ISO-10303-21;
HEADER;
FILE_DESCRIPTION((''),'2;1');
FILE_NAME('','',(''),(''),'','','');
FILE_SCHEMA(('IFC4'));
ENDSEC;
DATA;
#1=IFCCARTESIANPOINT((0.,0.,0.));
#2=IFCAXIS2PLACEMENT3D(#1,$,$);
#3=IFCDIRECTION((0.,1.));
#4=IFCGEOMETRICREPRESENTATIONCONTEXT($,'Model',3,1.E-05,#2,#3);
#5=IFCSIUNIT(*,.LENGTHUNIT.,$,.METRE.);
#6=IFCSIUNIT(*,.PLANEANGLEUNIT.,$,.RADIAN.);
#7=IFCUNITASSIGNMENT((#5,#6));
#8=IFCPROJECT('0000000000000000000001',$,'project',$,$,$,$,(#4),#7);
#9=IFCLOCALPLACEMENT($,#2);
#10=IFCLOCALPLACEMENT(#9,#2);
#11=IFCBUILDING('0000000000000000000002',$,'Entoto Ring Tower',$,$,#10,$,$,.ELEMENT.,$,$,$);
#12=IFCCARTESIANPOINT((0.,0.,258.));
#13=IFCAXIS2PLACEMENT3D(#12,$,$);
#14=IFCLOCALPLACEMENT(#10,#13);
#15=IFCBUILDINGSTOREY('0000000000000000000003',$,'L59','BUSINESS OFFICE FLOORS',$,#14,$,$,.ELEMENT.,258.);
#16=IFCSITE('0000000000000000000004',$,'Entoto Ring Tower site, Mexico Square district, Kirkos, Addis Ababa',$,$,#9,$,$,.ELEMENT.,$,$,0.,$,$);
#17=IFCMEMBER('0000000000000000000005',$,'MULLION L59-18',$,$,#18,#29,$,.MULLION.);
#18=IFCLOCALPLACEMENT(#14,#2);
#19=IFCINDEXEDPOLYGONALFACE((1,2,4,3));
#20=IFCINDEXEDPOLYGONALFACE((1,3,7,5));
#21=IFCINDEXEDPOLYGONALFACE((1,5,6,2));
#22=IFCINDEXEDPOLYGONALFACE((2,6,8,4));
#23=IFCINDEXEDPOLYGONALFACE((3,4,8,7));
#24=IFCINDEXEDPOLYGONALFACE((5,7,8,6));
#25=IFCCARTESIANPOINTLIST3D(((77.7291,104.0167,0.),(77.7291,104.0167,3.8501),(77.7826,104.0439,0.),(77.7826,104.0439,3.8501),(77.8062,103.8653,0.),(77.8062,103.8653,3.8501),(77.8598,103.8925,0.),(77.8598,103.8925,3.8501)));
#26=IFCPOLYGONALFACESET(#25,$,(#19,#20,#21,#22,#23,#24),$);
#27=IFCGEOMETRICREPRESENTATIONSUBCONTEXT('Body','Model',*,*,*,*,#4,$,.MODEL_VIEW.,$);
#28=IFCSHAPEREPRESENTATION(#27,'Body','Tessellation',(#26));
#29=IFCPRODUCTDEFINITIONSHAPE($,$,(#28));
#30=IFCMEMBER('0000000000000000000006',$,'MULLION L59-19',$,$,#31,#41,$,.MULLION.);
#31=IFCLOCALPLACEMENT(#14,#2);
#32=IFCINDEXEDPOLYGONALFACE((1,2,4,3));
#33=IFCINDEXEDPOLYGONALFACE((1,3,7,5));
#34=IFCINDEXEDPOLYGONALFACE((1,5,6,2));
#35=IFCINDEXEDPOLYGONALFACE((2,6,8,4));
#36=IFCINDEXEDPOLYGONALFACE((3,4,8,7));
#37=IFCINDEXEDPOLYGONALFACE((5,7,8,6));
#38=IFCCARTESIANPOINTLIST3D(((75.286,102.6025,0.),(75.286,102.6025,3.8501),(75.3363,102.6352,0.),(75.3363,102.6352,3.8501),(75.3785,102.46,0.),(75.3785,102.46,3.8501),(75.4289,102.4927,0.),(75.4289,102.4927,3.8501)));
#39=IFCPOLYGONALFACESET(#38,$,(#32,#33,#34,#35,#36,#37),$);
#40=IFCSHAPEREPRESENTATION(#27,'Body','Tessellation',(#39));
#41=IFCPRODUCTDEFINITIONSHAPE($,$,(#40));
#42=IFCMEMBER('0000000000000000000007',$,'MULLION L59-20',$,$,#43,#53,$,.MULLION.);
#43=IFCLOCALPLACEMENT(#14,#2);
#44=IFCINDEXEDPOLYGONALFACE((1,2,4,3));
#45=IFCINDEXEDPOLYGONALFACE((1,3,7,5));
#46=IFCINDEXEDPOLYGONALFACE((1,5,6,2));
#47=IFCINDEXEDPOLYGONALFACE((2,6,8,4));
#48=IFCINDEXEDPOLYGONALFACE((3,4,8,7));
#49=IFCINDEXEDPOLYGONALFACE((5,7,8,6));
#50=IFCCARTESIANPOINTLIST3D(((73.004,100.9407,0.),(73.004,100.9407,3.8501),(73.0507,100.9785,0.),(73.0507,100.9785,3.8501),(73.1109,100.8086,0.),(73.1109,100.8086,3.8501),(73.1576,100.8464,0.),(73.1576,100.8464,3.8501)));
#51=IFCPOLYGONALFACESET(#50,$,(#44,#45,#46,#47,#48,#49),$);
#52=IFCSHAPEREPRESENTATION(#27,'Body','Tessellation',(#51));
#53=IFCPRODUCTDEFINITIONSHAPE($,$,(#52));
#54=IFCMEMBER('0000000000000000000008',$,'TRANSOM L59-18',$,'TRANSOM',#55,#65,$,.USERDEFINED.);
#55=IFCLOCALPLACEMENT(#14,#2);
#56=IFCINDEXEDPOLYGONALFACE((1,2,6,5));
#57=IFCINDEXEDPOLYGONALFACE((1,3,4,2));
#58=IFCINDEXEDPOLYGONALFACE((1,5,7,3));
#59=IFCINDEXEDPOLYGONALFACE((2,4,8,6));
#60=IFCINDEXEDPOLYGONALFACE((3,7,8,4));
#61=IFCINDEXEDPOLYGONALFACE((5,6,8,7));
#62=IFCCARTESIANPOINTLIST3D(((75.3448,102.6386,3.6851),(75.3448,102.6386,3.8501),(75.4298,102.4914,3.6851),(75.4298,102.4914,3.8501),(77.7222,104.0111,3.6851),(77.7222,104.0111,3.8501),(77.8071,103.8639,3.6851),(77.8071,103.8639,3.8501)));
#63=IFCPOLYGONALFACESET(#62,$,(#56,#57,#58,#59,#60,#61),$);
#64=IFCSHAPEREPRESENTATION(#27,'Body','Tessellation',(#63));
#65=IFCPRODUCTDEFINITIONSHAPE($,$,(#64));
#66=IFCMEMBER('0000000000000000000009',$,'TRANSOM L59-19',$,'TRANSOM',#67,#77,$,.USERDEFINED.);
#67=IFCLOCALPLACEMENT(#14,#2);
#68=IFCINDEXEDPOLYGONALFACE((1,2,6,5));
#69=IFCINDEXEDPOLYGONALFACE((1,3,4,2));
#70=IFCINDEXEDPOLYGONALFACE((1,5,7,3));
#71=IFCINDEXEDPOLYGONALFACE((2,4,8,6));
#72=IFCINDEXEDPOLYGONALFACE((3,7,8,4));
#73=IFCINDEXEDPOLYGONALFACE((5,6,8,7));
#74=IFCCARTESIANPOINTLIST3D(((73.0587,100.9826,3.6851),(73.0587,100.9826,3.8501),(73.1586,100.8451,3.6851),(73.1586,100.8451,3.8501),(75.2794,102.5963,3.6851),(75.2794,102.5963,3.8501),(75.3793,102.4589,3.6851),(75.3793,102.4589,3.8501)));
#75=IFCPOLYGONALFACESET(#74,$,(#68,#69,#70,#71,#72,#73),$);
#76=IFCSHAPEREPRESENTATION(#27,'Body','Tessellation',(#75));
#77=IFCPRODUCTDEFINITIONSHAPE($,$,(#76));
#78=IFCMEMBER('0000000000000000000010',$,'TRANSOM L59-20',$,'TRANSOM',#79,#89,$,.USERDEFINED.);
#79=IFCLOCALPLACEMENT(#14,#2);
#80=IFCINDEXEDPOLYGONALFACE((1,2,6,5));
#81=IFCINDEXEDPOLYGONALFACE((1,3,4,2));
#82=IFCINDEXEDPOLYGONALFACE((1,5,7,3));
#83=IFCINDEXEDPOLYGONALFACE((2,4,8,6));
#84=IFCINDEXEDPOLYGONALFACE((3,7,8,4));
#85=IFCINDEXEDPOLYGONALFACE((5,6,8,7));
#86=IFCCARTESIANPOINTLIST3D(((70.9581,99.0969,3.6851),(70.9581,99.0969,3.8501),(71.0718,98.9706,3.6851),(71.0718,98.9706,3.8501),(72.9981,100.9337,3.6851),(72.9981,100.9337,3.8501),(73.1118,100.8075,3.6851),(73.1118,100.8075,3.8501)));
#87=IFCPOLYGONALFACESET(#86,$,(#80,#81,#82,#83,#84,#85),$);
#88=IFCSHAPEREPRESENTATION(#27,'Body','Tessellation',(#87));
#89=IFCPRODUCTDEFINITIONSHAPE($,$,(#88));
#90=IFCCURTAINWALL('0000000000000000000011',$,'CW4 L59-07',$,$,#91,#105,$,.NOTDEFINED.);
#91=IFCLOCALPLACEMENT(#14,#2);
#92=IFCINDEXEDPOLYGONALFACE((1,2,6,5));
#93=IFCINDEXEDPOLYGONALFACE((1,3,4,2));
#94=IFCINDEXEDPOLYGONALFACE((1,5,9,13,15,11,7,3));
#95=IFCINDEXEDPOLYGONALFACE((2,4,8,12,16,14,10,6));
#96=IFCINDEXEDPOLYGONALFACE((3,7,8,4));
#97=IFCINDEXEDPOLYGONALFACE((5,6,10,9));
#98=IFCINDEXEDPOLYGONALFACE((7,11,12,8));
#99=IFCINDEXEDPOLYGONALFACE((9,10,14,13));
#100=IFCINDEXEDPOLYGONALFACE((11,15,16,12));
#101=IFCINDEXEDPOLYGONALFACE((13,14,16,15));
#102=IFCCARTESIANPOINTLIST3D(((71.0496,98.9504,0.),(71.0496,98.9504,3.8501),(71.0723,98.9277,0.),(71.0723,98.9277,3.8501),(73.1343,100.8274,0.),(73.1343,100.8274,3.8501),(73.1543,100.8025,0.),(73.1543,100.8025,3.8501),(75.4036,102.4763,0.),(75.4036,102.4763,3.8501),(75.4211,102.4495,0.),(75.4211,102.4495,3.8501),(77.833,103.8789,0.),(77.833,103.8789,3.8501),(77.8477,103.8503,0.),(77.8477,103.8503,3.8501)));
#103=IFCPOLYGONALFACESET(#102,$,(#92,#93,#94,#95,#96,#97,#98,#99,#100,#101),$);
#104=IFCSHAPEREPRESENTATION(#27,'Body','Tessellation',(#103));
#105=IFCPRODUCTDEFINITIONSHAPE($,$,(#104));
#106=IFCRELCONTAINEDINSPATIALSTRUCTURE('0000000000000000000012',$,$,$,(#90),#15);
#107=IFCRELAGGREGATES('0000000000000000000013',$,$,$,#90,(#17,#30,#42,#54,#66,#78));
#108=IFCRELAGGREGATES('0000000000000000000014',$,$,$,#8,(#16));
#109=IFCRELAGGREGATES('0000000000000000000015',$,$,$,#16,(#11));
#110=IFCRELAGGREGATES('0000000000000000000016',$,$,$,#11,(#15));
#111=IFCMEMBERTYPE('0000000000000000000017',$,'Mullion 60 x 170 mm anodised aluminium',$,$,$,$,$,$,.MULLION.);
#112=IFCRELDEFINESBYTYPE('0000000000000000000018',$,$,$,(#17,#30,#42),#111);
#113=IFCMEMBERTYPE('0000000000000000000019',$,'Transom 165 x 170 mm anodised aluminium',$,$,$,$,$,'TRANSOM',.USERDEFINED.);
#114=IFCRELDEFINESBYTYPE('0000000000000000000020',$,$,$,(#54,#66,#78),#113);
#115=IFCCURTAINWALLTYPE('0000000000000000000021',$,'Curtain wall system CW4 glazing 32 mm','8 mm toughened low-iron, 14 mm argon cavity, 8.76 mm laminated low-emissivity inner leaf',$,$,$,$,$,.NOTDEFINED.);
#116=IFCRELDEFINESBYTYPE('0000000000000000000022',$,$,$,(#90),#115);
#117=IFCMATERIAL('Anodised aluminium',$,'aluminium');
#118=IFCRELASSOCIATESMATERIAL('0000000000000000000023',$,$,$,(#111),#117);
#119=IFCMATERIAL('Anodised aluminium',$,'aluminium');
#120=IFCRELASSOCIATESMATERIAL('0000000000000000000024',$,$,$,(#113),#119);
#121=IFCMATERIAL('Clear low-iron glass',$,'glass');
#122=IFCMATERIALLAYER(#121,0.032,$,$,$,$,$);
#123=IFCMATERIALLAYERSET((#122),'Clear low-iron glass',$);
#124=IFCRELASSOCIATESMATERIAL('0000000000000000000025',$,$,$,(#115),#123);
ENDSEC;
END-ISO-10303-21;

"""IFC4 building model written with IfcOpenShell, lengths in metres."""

from ifc_helpers import new_model, si_unit, direction, frame, origin, origin_2d, place, context, subcontext, project, spatial, polyline, rectangle, outline, extrude, material, layer, layer_set, material_profile, profile_set, type_object, element, aggregate, save


model = new_model("IFC4")

# Units and contexts
model_context = context("Model", 3, precision=1e-05, world=origin(), true_north=direction((0.0, 1.0)))
body_context = subcontext(model_context, "Body", "Model", "MODEL_VIEW")
ifc_project = project(units=[si_unit("LENGTHUNIT", "METRE"), si_unit("PLANEANGLEUNIT", "RADIAN")], contexts=[model_context])

# Members
ifc_material_1 = material(Name="Anodised aluminium", Category="aluminium")
ifc_material_profile_1 = material_profile(ifc_material_1, rectangle(XDim=0.0601, YDim=0.1699, at=origin_2d()), Name="Mullion 60 x 170 mm anodised aluminium")
ifc_profile_set_1 = profile_set([ifc_material_profile_1], Name="Anodised aluminium")
member_type_1 = type_object("IfcMemberType", Name="Mullion 60 x 170 mm anodised aluminium", PredefinedType="MULLION", material=ifc_profile_set_1)
site_placement = place(None, origin())
building_placement = place(site_placement, origin())
storey_placement = place(building_placement, frame((0.0, 0.0, 258.0)))
member_1_placement = place(storey_placement, frame((77.7944, 103.9546, 0.0), z_axis=(0.0, 0.0, 1.0), x_axis=(-0.891007, -0.45399, 0.0)))
member_1 = element("IfcMember", 1, at=member_1_placement, type_object=member_type_1, Name="MULLION L59-18", PredefinedType="MULLION", context=body_context, shape_type="SweptSolid", body=[
    extrude(rectangle(XDim=0.0601, YDim=0.1699, at=origin_2d()), origin(), (0.0, 0.0, 1.0), 3.8501),
])
member_2_placement = place(storey_placement, frame((75.3574, 102.5476, 0.0), z_axis=(0.0, 0.0, 1.0), x_axis=(-0.838671, -0.544639, 0.0)))
member_2 = element("IfcMember", 2, at=member_2_placement, type_object=member_type_1, Name="MULLION L59-19", PredefinedType="MULLION", context=body_context, shape_type="SweptSolid", body=[
    extrude(rectangle(XDim=0.0601, YDim=0.1699, at=origin_2d()), origin(), (0.0, 0.0, 1.0), 3.8501),
])
member_3_placement = place(storey_placement, frame((73.0808, 100.8936, 0.0), z_axis=(0.0, 0.0, 1.0), x_axis=(-0.777146, -0.62932, 0.0)))
member_3 = element("IfcMember", 3, at=member_3_placement, type_object=member_type_1, Name="MULLION L59-20", PredefinedType="MULLION", context=body_context, shape_type="SweptSolid", body=[
    extrude(rectangle(XDim=0.0601, YDim=0.1699, at=origin_2d()), origin(), (0.0, 0.0, 1.0), 3.8501),
])
ifc_material_2 = material(Name="Anodised aluminium", Category="aluminium")
ifc_material_profile_2 = material_profile(ifc_material_2, rectangle(XDim=0.1699, YDim=0.165, at=origin_2d()), Name="Transom 165 x 170 mm anodised aluminium")
ifc_profile_set_2 = profile_set([ifc_material_profile_2], Name="Anodised aluminium")
member_type_2 = type_object("IfcMemberType", Name="Transom 165 x 170 mm anodised aluminium", ElementType="TRANSOM", PredefinedType="USERDEFINED", material=ifc_profile_set_2)
member_4_placement = place(storey_placement, frame((77.7646, 103.9375, 3.7676), z_axis=(-0.866035, -0.499984, 0.0), x_axis=(0.499984, -0.866035, 0.0)))
member_4 = element("IfcMember", 4, at=member_4_placement, type_object=member_type_2, Name="TRANSOM L59-18", ObjectType="TRANSOM", PredefinedType="USERDEFINED", context=body_context, shape_type="SweptSolid", body=[
    extrude(rectangle(XDim=0.1699, YDim=0.165, at=origin_2d()), origin(), (0.0, 0.0, 1.0), 2.7451),
])
member_5_placement = place(storey_placement, frame((75.3293, 102.5276, 3.7676), z_axis=(-0.808959, -0.587865, 0.0), x_axis=(0.587865, -0.808959, 0.0)))
member_5 = element("IfcMember", 5, at=member_5_placement, type_object=member_type_2, Name="TRANSOM L59-19", ObjectType="TRANSOM", PredefinedType="USERDEFINED", context=body_context, shape_type="SweptSolid", body=[
    extrude(rectangle(XDim=0.1699, YDim=0.165, at=origin_2d()), origin(), (0.0, 0.0, 1.0), 2.7451),
])
member_6_placement = place(storey_placement, frame((73.0549, 100.8706, 3.7676), z_axis=(-0.743135, -0.669142, 0.0), x_axis=(0.669142, -0.743135, 0.0)))
member_6 = element("IfcMember", 6, at=member_6_placement, type_object=member_type_2, Name="TRANSOM L59-20", ObjectType="TRANSOM", PredefinedType="USERDEFINED", context=body_context, shape_type="SweptSolid", body=[
    extrude(rectangle(XDim=0.1699, YDim=0.165, at=origin_2d()), origin(), (0.0, 0.0, 1.0), 2.7451),
])

# Site, building, storey
site = spatial("IfcSite", under=ifc_project, at=site_placement, Name="Entoto Ring Tower site, Mexico Square district, Kirkos, Addis Ababa", CompositionType="ELEMENT", RefElevation=0.0)
building = spatial("IfcBuilding", under=site, at=building_placement, Name="Entoto Ring Tower", CompositionType="ELEMENT")
storey = spatial("IfcBuildingStorey", under=building, at=storey_placement, Name="L59", Description="BUSINESS OFFICE FLOORS", CompositionType="ELEMENT", Elevation=258.0)

# Curtain wall
ifc_material_3 = material(Name="Clear low-iron glass", Category="glass")
ifc_layer = layer(ifc_material_3, 0.032)
ifc_layer_set = layer_set([ifc_layer], Name="Clear low-iron glass")
curtain_wall_type = type_object("IfcCurtainWallType", Name="Curtain wall system CW4 glazing 32 mm", Description="8 mm toughened low-iron, 14 mm argon cavity, 8.76 mm laminated low-emissivity inner leaf", PredefinedType="NOTDEFINED", material=ifc_layer_set)
curtain_wall_1_placement = place(storey_placement, origin())
curtain_wall_1 = element("IfcCurtainWall", 7, at=curtain_wall_1_placement, inside=storey, type_object=curtain_wall_type, Name="CW4 L59-07", PredefinedType="NOTDEFINED", context=body_context, shape_type="SweptSolid", body=[
    extrude(outline(polyline([(77.833, 103.8789), (75.4036, 102.4763), (73.1343, 100.8274), (71.0496, 98.9504), (71.0723, 98.9277), (73.1543, 100.8025), (75.4211, 102.4495), (77.8477, 103.8503), (77.833, 103.8789)])), origin(), (0.0, 0.0, 1.0), 3.8501),
])
aggregate(curtain_wall_1, [member_1, member_2, member_3, member_4, member_5, member_6])

save(model, "model.ifc")
